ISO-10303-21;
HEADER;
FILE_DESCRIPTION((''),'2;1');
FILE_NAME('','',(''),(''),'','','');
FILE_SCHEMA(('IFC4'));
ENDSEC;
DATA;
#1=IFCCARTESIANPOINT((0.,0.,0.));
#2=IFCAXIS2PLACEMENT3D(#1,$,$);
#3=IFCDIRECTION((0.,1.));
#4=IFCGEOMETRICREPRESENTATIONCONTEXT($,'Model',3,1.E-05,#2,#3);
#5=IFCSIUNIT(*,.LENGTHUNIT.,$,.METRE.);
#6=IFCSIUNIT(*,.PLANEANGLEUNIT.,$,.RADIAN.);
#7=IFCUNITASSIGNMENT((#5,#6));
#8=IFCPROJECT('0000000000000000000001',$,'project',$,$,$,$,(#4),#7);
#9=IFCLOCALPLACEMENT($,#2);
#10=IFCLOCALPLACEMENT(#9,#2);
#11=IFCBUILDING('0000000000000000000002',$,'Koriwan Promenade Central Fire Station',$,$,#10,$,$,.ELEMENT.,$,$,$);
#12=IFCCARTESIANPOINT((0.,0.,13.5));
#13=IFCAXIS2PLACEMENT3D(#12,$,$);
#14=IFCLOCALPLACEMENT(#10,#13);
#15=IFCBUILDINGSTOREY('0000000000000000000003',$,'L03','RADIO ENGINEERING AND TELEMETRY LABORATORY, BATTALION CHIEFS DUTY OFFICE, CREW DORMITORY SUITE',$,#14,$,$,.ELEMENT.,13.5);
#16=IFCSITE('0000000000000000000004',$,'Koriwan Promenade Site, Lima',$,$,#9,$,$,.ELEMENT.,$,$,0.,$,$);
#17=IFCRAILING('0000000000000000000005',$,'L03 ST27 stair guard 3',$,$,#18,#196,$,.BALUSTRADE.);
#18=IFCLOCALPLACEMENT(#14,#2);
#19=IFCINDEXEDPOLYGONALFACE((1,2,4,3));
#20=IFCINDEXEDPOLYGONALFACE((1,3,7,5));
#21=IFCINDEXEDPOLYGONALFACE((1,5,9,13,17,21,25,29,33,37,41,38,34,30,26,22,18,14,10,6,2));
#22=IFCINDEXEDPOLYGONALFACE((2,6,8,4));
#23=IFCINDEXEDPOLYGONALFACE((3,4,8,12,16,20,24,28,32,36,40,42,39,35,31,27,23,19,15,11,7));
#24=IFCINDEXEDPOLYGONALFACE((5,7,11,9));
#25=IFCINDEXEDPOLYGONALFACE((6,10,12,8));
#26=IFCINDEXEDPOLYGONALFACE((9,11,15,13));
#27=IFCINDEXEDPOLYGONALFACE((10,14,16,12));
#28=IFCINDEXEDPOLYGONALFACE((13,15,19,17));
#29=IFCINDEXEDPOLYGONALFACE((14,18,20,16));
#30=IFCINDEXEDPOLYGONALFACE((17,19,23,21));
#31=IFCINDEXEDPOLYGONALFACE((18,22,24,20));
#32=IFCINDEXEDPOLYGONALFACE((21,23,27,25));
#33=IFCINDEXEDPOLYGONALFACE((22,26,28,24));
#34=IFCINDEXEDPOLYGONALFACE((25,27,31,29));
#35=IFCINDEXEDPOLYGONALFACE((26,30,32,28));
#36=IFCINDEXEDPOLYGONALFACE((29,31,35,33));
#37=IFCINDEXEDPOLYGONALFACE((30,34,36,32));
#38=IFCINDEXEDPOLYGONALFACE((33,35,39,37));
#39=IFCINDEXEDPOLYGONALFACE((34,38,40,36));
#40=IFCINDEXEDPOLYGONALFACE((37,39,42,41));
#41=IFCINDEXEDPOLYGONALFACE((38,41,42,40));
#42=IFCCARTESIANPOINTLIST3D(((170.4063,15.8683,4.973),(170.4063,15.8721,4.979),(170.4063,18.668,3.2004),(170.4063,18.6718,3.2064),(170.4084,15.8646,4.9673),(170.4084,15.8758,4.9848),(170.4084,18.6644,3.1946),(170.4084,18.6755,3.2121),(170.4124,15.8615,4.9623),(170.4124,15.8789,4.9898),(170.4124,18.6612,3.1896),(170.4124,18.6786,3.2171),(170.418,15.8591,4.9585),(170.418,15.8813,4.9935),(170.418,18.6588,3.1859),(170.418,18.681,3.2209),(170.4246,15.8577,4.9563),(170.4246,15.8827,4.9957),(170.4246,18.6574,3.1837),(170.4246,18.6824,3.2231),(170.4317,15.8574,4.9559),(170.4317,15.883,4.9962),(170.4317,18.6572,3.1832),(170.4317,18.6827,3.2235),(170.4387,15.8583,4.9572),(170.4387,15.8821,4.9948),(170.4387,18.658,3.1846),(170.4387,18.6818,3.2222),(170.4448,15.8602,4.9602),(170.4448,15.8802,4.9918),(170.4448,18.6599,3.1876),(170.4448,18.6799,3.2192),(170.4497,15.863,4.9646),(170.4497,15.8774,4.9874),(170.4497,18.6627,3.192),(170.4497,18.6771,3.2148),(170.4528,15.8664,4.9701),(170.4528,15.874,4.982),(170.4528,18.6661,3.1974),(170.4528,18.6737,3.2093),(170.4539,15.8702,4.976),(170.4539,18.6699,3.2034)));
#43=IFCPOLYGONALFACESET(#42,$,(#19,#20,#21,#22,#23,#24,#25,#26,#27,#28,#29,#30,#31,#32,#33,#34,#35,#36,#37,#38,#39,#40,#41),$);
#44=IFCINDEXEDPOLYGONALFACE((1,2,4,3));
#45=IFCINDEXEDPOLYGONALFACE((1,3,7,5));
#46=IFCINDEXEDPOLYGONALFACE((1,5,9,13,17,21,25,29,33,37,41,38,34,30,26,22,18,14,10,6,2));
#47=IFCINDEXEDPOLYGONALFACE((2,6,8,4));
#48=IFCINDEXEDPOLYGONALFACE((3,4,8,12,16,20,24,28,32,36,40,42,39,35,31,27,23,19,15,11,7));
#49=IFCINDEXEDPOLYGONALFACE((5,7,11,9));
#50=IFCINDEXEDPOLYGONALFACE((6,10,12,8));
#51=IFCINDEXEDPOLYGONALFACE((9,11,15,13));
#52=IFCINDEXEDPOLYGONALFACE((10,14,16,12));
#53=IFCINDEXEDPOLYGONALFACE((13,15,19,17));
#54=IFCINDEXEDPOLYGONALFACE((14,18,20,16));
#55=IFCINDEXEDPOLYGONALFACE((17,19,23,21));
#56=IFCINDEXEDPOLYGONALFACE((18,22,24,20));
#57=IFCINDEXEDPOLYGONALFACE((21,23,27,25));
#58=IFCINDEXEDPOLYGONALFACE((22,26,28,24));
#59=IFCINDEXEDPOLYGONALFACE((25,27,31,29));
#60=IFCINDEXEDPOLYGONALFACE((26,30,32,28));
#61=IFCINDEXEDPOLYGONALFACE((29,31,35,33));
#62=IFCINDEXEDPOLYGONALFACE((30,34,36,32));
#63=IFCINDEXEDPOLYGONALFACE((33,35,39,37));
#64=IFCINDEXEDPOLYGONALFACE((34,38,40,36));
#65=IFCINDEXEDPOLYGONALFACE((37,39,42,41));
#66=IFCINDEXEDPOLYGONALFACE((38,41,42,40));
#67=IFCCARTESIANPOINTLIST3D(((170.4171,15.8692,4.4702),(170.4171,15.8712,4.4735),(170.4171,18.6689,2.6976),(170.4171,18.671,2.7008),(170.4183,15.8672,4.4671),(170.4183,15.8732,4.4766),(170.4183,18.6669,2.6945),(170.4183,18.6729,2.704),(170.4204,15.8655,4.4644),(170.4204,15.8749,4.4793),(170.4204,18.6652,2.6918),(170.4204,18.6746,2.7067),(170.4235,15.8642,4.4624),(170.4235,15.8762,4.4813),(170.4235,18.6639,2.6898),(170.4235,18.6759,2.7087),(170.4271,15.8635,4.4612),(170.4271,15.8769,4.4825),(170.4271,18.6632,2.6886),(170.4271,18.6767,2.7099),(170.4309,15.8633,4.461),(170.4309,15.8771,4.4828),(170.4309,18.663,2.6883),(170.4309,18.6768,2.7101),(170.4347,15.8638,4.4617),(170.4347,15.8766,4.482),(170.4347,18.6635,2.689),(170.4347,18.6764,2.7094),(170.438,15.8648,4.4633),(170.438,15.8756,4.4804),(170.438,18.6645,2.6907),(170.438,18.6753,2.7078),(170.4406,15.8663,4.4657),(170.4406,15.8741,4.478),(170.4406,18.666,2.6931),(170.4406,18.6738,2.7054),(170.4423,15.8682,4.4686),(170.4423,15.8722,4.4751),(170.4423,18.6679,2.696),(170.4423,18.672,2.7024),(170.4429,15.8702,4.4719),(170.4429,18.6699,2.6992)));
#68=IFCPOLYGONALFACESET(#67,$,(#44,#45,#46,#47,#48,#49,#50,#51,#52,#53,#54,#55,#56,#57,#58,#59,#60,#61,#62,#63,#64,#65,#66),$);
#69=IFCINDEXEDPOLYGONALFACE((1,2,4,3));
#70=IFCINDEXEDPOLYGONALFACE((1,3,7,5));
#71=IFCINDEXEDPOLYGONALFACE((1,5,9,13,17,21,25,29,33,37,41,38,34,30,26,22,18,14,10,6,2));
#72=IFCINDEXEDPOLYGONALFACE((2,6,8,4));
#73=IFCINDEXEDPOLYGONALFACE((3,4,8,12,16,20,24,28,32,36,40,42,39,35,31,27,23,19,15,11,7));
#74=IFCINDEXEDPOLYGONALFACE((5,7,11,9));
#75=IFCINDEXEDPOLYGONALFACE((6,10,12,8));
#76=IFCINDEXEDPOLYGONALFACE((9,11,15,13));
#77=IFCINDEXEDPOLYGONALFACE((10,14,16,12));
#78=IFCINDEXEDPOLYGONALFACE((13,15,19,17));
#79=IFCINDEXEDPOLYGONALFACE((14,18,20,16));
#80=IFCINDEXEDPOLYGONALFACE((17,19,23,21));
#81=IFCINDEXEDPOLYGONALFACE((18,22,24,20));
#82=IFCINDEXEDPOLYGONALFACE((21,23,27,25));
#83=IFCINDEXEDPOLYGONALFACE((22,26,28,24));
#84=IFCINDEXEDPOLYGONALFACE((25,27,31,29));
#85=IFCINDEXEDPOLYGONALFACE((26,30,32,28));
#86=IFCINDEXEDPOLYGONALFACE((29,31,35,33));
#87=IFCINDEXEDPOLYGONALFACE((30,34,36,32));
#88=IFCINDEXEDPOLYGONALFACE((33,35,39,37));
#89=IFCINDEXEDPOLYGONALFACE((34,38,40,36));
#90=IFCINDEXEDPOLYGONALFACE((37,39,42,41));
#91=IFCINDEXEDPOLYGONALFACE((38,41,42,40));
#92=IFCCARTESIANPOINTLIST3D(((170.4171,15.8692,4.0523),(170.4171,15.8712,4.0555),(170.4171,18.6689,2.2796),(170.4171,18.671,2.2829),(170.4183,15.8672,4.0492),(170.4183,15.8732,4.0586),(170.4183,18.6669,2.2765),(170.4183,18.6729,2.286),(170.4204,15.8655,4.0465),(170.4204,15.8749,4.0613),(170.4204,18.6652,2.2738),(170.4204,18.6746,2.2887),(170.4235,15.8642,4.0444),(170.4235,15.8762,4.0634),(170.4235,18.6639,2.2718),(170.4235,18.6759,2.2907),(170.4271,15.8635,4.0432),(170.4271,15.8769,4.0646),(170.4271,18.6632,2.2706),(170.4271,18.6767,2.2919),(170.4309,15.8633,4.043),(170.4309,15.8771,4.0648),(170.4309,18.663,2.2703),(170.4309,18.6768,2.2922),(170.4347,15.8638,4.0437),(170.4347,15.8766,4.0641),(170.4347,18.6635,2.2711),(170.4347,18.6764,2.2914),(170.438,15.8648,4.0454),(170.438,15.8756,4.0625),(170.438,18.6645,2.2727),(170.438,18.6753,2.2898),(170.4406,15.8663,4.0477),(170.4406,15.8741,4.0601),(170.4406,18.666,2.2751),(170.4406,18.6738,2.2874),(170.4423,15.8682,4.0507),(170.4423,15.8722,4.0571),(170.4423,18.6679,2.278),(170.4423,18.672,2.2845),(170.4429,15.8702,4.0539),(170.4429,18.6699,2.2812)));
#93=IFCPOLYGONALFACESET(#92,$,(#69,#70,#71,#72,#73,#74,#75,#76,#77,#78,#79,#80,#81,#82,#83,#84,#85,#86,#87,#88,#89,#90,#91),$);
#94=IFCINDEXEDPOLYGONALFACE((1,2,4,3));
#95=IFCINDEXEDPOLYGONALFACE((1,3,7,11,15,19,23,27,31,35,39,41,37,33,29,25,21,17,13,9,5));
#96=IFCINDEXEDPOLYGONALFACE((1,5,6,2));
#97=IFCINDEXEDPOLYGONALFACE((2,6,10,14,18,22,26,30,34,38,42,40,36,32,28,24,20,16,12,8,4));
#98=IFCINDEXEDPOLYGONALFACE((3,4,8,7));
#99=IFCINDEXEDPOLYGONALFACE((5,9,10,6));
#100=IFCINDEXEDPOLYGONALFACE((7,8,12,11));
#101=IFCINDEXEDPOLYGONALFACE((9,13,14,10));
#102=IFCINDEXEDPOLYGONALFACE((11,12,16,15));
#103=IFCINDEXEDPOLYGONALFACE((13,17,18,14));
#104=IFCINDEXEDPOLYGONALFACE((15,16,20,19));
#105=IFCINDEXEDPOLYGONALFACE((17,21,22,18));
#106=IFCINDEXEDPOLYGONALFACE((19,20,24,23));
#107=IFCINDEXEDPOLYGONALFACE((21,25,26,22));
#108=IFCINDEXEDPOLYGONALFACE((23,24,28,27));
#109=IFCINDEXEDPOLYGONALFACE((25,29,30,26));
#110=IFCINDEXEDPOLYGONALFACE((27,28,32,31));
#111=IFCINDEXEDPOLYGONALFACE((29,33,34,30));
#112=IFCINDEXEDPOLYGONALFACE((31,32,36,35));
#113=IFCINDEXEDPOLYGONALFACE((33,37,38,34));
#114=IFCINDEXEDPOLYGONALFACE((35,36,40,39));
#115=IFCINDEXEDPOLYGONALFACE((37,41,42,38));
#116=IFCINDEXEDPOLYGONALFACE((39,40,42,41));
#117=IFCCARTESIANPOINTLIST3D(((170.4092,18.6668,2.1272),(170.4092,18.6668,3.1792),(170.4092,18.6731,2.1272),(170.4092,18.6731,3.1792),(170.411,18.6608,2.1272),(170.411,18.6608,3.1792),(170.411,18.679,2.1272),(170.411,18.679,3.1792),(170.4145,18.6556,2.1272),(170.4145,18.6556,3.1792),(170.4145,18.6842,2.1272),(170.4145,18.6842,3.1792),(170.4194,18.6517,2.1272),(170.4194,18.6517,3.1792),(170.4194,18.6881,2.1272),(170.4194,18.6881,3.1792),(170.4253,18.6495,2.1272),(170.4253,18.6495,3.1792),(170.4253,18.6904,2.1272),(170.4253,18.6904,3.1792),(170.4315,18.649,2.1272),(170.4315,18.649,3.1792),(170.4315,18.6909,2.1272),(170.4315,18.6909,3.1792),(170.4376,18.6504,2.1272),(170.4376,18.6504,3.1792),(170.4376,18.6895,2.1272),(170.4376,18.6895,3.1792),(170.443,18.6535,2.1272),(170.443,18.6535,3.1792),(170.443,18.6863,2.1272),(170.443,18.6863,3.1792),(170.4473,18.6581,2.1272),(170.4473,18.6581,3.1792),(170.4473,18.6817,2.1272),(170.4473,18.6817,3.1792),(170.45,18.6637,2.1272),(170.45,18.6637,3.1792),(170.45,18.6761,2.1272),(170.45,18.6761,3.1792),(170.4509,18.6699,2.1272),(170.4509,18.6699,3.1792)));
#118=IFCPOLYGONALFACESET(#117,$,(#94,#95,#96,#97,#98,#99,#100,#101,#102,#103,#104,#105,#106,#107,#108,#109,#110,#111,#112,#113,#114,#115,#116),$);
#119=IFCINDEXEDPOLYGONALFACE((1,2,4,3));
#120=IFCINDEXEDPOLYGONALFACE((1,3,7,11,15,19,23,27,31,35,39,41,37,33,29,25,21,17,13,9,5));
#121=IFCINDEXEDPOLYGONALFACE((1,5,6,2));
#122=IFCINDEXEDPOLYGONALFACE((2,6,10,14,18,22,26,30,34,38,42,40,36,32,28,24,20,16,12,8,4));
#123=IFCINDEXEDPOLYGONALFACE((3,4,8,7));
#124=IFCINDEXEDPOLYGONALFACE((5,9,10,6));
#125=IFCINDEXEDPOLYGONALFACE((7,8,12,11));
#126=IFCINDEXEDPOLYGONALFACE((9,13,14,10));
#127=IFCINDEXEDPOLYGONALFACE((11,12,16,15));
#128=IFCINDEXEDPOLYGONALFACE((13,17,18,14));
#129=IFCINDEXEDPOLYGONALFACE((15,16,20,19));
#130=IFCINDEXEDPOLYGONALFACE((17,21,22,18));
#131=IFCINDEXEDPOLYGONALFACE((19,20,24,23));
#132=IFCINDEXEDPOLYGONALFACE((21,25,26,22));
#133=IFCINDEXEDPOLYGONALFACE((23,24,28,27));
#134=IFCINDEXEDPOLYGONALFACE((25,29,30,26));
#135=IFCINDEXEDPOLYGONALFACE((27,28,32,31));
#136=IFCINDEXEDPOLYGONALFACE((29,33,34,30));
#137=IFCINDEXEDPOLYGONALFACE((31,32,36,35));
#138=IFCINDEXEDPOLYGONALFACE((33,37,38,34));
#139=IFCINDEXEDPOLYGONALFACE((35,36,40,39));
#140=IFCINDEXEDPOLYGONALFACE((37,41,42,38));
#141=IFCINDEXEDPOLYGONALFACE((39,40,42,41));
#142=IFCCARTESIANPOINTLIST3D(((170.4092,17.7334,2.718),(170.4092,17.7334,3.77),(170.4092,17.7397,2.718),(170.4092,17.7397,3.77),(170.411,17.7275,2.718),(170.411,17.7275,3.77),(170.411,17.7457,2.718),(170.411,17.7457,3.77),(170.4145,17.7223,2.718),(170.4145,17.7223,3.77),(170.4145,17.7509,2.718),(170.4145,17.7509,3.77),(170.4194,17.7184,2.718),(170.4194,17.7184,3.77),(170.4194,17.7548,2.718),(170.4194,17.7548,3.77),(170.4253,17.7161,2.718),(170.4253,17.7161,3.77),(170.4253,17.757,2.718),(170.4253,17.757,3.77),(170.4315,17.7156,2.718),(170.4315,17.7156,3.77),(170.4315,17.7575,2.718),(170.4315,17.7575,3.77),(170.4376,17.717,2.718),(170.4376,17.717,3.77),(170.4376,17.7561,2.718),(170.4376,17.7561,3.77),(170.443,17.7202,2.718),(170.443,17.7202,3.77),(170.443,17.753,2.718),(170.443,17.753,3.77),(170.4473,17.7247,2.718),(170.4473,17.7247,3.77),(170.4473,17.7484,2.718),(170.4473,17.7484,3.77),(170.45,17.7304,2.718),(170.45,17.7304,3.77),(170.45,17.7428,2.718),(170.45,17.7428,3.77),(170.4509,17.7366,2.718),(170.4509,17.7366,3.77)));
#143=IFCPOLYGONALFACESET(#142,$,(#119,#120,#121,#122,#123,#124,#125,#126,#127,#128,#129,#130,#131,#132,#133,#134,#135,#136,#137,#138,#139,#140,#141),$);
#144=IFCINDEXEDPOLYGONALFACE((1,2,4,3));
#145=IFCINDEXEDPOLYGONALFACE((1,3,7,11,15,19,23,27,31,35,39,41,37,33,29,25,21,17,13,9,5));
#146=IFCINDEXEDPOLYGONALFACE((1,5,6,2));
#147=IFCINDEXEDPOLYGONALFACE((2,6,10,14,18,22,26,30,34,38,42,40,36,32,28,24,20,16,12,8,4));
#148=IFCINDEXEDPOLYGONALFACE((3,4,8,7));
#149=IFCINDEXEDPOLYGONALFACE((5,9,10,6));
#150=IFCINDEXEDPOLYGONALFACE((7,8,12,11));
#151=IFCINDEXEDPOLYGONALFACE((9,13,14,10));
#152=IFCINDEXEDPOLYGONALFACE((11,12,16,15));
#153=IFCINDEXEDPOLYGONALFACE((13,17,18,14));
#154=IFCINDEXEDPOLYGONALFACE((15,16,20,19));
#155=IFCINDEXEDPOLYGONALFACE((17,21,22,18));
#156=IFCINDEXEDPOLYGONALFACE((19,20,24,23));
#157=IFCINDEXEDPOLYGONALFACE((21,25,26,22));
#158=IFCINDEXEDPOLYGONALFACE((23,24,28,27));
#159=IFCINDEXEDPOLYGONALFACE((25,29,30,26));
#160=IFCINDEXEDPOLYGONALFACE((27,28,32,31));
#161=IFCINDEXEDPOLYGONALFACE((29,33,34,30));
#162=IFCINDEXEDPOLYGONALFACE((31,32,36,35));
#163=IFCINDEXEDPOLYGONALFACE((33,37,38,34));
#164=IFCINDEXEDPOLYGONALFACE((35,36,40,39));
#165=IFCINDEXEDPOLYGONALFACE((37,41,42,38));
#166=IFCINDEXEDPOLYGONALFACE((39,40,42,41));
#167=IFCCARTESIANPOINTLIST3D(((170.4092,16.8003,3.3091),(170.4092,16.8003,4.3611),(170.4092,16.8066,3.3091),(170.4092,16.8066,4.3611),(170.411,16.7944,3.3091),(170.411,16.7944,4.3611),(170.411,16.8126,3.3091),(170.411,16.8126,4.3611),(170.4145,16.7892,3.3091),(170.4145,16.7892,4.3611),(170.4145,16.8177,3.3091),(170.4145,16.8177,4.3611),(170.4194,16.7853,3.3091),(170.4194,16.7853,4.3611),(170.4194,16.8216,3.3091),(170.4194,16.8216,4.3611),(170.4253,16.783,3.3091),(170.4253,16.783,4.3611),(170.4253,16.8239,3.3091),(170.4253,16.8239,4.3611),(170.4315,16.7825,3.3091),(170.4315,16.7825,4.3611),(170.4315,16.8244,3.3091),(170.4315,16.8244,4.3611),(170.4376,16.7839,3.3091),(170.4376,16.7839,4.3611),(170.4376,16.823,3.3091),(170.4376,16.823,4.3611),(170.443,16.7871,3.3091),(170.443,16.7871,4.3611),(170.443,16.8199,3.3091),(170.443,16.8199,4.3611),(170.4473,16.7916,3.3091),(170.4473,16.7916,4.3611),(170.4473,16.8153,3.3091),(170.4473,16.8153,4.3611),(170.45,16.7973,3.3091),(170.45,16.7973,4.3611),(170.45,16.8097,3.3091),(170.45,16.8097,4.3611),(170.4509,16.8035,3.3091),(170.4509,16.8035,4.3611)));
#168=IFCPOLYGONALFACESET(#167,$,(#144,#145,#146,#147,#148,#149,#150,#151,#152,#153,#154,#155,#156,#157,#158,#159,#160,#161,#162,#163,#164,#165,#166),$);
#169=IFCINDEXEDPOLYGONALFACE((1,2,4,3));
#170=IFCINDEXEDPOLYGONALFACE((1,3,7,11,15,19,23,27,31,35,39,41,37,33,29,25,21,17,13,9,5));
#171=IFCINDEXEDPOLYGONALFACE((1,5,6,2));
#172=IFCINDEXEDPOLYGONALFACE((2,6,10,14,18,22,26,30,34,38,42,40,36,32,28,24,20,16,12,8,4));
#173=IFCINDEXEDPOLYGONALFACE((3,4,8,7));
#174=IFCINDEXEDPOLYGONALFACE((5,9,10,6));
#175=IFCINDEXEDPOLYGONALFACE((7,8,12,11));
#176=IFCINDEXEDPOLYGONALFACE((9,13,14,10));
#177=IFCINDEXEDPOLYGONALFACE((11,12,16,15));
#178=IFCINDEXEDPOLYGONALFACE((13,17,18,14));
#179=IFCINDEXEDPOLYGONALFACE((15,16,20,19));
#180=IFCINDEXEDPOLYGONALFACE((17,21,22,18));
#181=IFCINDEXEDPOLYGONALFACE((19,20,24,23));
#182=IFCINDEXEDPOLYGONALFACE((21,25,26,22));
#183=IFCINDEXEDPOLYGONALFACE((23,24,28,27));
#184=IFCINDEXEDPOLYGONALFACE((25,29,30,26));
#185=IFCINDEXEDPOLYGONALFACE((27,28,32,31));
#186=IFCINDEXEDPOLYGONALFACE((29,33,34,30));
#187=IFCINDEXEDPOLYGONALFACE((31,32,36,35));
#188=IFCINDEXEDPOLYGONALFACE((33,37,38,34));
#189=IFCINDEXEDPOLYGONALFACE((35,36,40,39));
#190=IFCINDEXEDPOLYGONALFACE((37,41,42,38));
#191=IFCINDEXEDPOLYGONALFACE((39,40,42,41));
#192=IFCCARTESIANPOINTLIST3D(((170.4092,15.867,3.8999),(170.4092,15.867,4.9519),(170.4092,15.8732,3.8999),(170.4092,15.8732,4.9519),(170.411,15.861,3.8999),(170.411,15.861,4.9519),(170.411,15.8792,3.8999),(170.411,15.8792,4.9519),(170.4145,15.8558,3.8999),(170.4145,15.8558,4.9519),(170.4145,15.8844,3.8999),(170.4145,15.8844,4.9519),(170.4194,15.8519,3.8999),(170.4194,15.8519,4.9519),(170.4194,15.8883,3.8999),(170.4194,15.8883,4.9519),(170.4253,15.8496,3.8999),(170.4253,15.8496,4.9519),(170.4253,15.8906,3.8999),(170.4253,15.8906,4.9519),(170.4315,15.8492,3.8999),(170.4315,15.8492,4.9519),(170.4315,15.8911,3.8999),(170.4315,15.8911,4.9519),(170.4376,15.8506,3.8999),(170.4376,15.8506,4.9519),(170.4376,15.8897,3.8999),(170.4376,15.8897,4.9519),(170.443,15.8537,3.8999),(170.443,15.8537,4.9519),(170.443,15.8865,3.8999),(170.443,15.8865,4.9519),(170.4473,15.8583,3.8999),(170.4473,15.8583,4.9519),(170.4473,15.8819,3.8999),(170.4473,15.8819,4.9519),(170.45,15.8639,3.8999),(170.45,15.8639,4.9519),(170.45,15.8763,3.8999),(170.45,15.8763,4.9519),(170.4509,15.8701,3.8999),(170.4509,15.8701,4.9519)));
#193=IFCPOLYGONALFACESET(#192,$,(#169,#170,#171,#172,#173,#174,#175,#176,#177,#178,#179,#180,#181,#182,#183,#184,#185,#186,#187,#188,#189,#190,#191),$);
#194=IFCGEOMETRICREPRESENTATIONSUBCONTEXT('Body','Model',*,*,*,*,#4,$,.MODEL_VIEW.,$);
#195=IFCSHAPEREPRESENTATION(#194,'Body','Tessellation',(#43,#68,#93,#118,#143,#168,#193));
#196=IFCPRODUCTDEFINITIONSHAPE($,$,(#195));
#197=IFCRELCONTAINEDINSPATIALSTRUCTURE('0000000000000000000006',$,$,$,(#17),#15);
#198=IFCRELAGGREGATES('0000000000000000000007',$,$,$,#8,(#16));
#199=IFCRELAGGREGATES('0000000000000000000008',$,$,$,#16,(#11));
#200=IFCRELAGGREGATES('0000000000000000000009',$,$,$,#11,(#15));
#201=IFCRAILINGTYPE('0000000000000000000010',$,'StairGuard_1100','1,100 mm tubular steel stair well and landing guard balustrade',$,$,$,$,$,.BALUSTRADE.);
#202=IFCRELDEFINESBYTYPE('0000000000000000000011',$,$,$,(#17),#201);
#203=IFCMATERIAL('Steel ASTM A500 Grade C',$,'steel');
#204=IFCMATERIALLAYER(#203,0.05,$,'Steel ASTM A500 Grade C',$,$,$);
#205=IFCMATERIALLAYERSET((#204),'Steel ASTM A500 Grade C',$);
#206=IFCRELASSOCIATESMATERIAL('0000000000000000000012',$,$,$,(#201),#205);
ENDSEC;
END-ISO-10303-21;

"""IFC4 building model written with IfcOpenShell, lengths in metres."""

from ifc_helpers import new_model, si_unit, direction, frame, origin, origin_2d, place, context, subcontext, project, spatial, circle, extrude, material, layer, layer_set, type_object, element, save


model = new_model("IFC4")

# Units and contexts
model_context = context("Model", 3, precision=1e-05, world=origin(), true_north=direction((0.0, 1.0)))
body_context = subcontext(model_context, "Body", "Model", "MODEL_VIEW")
ifc_project = project(units=[si_unit("LENGTHUNIT", "METRE"), si_unit("PLANEANGLEUNIT", "RADIAN")], contexts=[model_context])

# Site, building, storey
site_placement = place(None, origin())
site = spatial("IfcSite", under=ifc_project, at=site_placement, Name="Koriwan Promenade Site, Lima", CompositionType="ELEMENT", RefElevation=0.0)
building_placement = place(site_placement, origin())
building = spatial("IfcBuilding", under=site, at=building_placement, Name="Koriwan Promenade Central Fire Station", CompositionType="ELEMENT")
storey_placement = place(building_placement, frame((0.0, 0.0, 13.5)))
storey = spatial("IfcBuildingStorey", under=building, at=storey_placement, Name="L03", Description="RADIO ENGINEERING AND TELEMETRY LABORATORY, BATTALION CHIEFS DUTY OFFICE, CREW DORMITORY SUITE", CompositionType="ELEMENT", Elevation=13.5)

# Railing
ifc_material_1 = material(Name="Steel ASTM A500 Grade C", Category="steel")
ifc_layer_1 = layer(ifc_material_1, 0.05, Name="Steel ASTM A500 Grade C")
ifc_layer_set_1 = layer_set([ifc_layer_1], Name="Steel ASTM A500 Grade C")
railing_type = type_object("IfcRailingType", Name="StairGuard_1100", Description="1,100 mm tubular steel stair well and landing guard balustrade", PredefinedType="BALUSTRADE", material=ifc_layer_set_1)
railing_1_placement = place(storey_placement, frame((170.4299, 18.6699, 2.1272)))
element("IfcRailing", 1, at=railing_1_placement, inside=storey, type_object=railing_type, Name="L03 ST27 stair guard 3", PredefinedType="BALUSTRADE", context=body_context, shape_type="SweptSolid", body=[
    extrude(circle(Radius=0.0239, at=origin_2d()), frame((0.0, 0.0, 1.0762), z_axis=(0.0, -0.844888, 0.534943), x_axis=(1.0, 0.0, 0.0)), (0.0, 0.0, 1.0), 3.3137),
    extrude(circle(Radius=0.0129, at=origin_2d()), frame((0.0, 0.0, 0.572), z_axis=(0.0, -0.844888, 0.534943), x_axis=(1.0, 0.0, 0.0)), (0.0, 0.0, 1.0), 3.3137),
    extrude(circle(Radius=0.0129, at=origin_2d()), frame((0.0, 0.0, 0.1541), z_axis=(0.0, -0.844888, 0.534943), x_axis=(1.0, 0.0, 0.0)), (0.0, 0.0, 1.0), 3.3137),
    extrude(circle(Radius=0.021, at=origin_2d()), origin(), (0.0, 0.0, 1.0), 1.052),
    extrude(circle(Radius=0.021, at=origin_2d()), frame((0.0, -0.9333, 0.5908)), (0.0, 0.0, 1.0), 1.052),
    extrude(circle(Radius=0.021, at=origin_2d()), frame((0.0, -1.8665, 1.1819)), (0.0, 0.0, 1.0), 1.052),
    extrude(circle(Radius=0.021, at=origin_2d()), frame((0.0, -2.7998, 1.7727)), (0.0, 0.0, 1.0), 1.052),
])

save(model, "model.ifc")
